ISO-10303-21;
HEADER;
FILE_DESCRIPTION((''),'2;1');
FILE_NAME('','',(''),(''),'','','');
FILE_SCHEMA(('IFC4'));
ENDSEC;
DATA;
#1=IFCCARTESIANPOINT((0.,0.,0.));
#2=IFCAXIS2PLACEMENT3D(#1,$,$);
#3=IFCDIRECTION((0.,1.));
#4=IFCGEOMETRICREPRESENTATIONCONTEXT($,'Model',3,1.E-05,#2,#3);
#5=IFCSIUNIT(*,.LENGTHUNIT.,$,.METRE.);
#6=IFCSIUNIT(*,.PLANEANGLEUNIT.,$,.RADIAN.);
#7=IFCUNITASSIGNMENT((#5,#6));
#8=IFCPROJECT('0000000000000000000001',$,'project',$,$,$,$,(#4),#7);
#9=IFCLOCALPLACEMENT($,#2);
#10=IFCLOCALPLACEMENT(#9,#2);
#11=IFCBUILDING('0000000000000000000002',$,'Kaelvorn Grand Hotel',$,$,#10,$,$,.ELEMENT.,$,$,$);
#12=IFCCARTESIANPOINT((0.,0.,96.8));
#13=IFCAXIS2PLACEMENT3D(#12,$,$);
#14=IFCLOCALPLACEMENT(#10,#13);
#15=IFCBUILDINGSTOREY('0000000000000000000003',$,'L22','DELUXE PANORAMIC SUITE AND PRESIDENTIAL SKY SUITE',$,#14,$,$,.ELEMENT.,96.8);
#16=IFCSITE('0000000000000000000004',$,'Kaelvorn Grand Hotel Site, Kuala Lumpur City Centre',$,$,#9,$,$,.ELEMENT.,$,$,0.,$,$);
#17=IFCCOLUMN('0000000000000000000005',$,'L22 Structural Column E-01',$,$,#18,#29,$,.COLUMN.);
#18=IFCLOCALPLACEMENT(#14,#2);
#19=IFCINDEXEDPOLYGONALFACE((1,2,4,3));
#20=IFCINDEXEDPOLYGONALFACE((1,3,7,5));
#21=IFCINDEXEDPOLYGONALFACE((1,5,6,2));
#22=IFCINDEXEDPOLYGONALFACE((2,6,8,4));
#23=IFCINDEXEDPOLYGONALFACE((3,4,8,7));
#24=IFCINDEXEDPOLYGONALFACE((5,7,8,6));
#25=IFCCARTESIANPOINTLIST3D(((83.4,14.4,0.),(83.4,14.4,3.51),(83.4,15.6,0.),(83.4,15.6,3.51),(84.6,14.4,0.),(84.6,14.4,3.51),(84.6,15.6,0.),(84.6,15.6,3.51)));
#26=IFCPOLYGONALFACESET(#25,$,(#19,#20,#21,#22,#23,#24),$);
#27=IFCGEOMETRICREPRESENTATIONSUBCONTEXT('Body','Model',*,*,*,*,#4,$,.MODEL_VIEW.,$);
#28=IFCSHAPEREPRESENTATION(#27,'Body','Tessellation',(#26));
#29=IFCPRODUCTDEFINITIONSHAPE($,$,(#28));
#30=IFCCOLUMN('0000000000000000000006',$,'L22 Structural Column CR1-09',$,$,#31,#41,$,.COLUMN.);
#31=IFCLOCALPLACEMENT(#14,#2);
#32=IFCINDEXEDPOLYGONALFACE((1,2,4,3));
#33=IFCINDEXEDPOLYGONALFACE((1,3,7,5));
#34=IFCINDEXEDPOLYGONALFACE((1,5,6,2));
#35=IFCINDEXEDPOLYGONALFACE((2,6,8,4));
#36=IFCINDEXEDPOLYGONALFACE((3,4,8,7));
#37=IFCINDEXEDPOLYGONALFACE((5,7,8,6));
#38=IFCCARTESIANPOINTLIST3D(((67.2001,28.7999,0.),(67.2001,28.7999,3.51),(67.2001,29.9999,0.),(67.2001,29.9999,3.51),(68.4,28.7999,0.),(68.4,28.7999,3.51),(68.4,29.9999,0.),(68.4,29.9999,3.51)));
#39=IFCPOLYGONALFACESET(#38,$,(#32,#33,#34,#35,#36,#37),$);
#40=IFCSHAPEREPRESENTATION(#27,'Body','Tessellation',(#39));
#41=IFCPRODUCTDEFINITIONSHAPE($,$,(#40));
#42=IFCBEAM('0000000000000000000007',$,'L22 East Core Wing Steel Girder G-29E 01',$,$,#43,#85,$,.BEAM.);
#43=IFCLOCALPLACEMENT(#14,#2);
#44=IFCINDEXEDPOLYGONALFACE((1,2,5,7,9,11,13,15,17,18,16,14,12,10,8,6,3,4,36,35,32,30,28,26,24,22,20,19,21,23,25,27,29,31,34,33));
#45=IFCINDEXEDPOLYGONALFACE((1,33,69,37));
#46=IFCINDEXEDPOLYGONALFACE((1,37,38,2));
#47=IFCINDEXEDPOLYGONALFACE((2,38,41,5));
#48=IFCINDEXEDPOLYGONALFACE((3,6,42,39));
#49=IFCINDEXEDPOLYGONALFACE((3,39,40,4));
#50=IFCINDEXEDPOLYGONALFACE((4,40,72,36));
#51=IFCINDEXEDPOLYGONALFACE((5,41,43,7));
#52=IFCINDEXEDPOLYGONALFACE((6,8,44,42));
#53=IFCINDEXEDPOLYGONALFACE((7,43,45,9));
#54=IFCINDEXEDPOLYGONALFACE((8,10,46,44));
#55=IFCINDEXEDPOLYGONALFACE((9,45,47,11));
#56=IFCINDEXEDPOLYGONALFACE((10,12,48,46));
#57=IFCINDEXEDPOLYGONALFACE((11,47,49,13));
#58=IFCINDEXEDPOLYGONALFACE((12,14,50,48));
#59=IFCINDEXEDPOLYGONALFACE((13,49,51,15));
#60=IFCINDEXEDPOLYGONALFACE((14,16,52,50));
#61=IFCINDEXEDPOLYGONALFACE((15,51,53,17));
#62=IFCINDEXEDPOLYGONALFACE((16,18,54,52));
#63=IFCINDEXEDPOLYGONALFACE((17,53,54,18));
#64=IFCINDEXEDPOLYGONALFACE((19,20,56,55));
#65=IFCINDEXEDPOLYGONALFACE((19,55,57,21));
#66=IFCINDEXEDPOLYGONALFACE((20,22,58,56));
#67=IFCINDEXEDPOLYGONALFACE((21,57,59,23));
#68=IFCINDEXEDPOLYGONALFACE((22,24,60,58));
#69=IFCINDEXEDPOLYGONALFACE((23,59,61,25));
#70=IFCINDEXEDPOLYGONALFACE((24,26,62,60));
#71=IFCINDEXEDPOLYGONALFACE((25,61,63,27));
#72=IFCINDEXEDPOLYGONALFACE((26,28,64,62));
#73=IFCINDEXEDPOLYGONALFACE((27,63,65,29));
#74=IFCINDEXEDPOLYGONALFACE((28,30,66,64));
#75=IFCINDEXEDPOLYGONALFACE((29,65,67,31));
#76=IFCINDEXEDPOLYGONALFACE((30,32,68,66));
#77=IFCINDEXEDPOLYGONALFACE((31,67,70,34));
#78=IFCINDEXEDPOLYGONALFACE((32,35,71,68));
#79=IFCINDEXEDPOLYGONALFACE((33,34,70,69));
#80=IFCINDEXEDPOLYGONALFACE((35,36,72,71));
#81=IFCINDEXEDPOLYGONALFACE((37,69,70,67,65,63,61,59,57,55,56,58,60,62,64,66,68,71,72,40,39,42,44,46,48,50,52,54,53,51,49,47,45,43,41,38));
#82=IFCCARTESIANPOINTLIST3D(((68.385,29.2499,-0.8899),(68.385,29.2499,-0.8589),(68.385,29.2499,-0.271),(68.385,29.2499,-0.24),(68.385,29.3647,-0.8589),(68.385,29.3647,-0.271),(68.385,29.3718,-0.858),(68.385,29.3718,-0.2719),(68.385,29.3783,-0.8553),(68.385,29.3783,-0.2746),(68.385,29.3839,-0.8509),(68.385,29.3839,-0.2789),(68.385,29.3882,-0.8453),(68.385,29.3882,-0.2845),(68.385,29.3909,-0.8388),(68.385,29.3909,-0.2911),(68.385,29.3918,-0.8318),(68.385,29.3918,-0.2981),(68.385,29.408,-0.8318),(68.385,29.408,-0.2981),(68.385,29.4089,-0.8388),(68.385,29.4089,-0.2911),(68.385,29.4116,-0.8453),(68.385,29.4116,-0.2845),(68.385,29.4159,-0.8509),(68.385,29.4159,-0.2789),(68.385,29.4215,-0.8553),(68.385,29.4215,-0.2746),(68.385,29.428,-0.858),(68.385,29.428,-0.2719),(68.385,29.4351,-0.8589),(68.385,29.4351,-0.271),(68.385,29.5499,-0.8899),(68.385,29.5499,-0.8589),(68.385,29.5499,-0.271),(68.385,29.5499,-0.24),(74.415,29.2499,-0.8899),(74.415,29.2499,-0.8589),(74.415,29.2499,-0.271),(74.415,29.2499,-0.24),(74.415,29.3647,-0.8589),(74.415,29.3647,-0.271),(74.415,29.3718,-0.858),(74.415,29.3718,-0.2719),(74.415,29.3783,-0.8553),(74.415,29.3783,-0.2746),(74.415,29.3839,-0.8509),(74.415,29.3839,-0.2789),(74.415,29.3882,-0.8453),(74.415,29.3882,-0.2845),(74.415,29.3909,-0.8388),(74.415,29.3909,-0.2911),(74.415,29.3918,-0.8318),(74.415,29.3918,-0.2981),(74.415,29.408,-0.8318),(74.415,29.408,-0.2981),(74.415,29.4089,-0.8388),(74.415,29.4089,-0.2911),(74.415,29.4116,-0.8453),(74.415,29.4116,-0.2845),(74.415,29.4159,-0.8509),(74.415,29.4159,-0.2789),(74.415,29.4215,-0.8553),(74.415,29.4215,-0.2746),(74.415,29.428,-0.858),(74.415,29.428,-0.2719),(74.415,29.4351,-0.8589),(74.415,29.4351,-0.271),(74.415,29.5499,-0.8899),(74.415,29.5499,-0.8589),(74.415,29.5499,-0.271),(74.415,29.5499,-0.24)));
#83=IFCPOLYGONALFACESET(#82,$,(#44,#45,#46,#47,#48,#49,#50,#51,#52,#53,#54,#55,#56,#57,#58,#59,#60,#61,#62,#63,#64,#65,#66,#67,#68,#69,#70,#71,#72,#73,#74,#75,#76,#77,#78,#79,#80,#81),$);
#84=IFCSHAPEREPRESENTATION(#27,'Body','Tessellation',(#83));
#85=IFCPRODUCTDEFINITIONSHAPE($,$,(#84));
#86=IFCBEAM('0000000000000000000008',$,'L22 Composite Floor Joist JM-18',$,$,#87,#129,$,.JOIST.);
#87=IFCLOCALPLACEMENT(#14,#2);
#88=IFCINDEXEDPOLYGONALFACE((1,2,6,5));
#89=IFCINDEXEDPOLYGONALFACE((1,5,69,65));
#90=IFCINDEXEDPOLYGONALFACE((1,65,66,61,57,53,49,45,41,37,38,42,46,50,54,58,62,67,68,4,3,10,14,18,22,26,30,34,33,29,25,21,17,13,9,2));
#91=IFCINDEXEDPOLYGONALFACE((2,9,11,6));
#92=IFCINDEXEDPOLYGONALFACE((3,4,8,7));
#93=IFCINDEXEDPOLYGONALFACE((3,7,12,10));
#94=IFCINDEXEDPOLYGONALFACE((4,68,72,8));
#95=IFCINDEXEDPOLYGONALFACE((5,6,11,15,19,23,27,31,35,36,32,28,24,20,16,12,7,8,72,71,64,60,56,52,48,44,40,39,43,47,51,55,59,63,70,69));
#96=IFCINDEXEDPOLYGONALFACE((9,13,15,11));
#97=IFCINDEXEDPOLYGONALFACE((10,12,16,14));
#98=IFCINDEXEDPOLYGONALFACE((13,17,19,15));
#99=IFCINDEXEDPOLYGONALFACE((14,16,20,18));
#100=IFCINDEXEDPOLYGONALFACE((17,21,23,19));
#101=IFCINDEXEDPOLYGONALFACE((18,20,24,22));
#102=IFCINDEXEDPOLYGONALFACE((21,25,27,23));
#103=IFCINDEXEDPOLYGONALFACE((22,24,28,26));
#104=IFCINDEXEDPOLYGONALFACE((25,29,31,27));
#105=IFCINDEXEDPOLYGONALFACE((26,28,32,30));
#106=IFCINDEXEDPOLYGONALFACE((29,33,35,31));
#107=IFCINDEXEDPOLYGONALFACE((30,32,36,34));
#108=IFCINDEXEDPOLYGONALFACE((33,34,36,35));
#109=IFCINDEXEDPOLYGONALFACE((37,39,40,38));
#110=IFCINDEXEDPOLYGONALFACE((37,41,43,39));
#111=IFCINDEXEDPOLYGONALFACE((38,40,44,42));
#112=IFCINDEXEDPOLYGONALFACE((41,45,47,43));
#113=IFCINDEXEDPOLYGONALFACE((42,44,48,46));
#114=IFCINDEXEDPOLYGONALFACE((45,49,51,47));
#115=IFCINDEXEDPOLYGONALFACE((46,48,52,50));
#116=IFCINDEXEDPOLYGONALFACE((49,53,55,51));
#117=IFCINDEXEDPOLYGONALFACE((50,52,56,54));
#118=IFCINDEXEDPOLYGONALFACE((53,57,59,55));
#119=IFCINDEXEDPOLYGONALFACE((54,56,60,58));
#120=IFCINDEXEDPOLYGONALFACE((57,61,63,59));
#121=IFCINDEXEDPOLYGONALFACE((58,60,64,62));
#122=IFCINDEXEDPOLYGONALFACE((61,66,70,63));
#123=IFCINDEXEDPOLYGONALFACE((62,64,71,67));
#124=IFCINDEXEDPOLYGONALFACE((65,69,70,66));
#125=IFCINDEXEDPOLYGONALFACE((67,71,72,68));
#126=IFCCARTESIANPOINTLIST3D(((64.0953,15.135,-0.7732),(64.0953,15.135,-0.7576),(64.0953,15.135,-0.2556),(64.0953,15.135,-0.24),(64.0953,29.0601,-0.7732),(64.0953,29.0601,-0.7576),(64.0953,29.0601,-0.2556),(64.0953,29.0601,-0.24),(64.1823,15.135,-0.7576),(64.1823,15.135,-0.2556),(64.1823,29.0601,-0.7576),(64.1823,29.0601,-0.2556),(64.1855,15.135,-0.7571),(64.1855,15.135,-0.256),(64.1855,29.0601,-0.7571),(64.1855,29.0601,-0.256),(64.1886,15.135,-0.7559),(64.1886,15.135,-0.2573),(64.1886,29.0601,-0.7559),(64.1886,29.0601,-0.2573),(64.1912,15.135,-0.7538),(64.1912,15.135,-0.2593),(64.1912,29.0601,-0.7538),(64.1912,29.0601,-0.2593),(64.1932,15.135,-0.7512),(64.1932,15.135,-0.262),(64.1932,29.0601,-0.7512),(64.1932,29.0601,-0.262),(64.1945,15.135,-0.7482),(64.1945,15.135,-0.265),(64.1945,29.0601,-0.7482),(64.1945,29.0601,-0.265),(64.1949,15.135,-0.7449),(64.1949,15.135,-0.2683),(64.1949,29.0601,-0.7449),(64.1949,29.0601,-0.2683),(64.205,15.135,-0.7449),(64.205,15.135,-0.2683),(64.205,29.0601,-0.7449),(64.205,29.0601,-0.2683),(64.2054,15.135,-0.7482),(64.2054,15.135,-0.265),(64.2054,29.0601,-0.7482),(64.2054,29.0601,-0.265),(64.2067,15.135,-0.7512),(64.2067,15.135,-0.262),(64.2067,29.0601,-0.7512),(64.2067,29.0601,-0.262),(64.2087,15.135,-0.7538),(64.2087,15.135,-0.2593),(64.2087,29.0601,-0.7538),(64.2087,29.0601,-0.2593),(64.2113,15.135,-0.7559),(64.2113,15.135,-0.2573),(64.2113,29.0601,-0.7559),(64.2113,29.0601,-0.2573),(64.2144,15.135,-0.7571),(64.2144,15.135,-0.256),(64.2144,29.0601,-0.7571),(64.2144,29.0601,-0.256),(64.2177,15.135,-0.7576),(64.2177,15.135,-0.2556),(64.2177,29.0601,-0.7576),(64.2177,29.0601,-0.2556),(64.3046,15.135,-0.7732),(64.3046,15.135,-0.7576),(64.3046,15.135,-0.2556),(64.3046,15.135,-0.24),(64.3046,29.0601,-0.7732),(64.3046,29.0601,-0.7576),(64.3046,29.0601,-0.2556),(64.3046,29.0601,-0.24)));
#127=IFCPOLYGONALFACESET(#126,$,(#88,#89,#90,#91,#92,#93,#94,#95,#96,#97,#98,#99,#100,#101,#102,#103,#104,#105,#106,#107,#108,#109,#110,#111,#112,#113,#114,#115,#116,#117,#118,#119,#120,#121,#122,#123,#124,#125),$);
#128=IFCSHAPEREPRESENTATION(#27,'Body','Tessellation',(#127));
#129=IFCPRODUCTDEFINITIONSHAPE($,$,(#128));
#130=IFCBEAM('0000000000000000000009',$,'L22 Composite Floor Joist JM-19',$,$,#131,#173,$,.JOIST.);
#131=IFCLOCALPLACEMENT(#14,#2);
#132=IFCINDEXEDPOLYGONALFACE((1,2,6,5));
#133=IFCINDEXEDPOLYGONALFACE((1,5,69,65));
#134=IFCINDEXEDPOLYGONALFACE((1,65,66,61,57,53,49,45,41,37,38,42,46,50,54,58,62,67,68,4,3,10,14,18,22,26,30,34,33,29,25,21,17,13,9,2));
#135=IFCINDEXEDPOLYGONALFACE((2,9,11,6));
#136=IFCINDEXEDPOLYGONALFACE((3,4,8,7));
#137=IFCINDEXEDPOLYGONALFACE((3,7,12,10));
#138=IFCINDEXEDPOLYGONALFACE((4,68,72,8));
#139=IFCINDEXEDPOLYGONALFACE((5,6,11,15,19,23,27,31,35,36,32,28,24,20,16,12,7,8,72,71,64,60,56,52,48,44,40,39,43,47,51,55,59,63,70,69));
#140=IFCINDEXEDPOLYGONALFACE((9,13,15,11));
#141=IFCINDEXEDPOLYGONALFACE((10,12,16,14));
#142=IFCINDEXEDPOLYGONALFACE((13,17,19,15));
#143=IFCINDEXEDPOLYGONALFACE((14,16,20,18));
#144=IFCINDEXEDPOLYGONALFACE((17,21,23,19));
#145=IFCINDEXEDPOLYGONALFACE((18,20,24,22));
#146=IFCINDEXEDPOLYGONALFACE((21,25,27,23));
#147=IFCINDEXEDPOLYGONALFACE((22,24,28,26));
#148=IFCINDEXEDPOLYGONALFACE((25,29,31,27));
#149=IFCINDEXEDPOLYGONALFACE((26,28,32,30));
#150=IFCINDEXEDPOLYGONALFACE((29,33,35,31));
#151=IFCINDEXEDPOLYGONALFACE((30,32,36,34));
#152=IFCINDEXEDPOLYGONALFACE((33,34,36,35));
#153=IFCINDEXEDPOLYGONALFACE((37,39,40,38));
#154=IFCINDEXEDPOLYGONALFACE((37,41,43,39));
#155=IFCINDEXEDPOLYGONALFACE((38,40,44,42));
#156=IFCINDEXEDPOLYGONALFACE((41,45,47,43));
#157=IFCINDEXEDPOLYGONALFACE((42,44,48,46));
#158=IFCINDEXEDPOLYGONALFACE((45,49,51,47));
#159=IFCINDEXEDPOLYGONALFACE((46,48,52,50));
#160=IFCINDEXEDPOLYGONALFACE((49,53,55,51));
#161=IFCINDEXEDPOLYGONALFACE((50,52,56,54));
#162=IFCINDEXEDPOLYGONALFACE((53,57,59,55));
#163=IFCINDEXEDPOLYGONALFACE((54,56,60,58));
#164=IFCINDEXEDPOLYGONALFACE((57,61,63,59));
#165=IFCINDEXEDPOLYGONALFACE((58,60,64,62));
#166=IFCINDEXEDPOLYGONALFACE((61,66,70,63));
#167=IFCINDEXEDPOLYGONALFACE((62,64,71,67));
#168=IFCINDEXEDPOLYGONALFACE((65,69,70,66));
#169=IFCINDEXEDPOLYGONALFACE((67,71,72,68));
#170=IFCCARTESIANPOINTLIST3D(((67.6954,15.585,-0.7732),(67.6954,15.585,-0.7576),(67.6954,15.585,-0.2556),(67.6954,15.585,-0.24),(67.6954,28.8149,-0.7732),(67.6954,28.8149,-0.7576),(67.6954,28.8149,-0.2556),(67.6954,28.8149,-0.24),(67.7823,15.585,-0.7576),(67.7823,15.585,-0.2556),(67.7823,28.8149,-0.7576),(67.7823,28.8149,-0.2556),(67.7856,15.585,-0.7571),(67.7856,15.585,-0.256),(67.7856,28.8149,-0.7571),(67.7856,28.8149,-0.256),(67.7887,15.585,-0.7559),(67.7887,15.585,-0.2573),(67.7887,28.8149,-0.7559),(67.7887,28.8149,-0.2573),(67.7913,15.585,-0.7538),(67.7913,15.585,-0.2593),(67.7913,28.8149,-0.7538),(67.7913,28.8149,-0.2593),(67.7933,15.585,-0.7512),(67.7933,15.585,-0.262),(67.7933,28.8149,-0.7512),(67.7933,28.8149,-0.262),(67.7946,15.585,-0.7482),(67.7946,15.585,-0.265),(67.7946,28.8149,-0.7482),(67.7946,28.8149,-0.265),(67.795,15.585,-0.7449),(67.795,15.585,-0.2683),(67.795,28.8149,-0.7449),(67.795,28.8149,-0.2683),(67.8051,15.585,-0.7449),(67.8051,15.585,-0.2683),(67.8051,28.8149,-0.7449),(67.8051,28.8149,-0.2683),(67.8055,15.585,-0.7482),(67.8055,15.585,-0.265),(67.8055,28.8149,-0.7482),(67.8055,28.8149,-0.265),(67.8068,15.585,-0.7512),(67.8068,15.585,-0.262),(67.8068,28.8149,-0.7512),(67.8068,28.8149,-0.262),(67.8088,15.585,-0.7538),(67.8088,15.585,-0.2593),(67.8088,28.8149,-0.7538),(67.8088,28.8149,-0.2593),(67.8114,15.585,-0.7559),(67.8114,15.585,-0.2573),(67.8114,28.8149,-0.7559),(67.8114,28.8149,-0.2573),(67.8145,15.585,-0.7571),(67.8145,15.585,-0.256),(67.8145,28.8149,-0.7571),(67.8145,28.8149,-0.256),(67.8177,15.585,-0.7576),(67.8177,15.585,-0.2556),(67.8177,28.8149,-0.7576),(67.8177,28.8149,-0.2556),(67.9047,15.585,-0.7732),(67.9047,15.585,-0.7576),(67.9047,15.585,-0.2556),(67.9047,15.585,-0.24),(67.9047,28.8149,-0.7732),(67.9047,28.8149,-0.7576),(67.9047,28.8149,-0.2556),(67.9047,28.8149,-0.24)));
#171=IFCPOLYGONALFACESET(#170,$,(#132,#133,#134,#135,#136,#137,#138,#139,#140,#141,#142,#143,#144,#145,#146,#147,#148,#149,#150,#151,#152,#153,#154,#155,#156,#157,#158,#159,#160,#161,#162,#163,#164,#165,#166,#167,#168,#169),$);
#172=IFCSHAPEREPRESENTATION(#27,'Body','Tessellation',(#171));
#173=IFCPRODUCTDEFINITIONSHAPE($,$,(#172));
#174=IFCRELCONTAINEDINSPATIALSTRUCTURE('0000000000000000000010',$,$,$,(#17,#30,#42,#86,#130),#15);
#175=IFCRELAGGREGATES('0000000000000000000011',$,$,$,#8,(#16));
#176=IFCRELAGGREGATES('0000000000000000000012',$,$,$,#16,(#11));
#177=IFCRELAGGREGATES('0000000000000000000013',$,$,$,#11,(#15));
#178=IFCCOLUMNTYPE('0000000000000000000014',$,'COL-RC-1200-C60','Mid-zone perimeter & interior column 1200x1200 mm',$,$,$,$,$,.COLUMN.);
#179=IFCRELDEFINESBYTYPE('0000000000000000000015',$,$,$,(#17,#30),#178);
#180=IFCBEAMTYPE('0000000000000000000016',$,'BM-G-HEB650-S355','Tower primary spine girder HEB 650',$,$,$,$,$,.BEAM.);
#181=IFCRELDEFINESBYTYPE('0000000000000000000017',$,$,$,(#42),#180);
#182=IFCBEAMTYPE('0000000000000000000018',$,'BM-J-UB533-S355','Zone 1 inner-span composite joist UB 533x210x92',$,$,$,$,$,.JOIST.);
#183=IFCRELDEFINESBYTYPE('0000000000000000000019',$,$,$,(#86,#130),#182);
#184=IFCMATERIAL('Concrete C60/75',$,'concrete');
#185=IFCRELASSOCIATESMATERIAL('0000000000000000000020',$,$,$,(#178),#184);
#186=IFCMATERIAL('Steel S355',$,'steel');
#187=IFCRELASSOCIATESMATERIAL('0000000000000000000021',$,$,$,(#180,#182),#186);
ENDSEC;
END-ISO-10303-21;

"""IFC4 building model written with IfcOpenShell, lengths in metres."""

from ifc_helpers import new_model, si_unit, direction, frame, origin, origin_2d, place, context, subcontext, project, spatial, rectangle, i_section, extrude, material, material_profile, profile_set, type_object, element, save


model = new_model("IFC4")

# Units and contexts
model_context = context("Model", 3, precision=1e-05, world=origin(), true_north=direction((0.0, 1.0)))
body_context = subcontext(model_context, "Body", "Model", "MODEL_VIEW")
ifc_project = project(units=[si_unit("LENGTHUNIT", "METRE"), si_unit("PLANEANGLEUNIT", "RADIAN")], contexts=[model_context])

# Site, building, storey
site_placement = place(None, origin())
site = spatial("IfcSite", under=ifc_project, at=site_placement, Name="Kaelvorn Grand Hotel Site, Kuala Lumpur City Centre", CompositionType="ELEMENT", RefElevation=0.0)
building_placement = place(site_placement, origin())
building = spatial("IfcBuilding", under=site, at=building_placement, Name="Kaelvorn Grand Hotel", CompositionType="ELEMENT")
storey_placement = place(building_placement, frame((0.0, 0.0, 96.8)))
storey = spatial("IfcBuildingStorey", under=building, at=storey_placement, Name="L22", Description="DELUXE PANORAMIC SUITE AND PRESIDENTIAL SKY SUITE", CompositionType="ELEMENT", Elevation=96.8)

# Columns
ifc_material_1 = material(Name="Concrete C60/75", Category="concrete")
ifc_material_profile_1 = material_profile(ifc_material_1, rectangle(XDim=1.2, YDim=1.2, at=origin_2d()), Name="RC COL 1200x1200")
ifc_profile_set_1 = profile_set([ifc_material_profile_1], Name="Concrete C60/75")
column_type = type_object("IfcColumnType", Name="COL-RC-1200-C60", Description="Mid-zone perimeter & interior column 1200x1200 mm", PredefinedType="COLUMN", material=ifc_profile_set_1)
for number, where, z_axis, x_axis, name in (
    (1, (84.0, 15.0, 0.0), (0.0, 0.0, 1.0), (1.0, 0.0, 0.0), "L22 Structural Column E-01"),
    (2, (67.8, 29.3999, 0.0), (0.0, 0.0, 1.0), (1.0, 0.0, 0.0), "L22 Structural Column CR1-09"),
):
    element("IfcColumn", number, at=place(storey_placement, frame(where, z_axis=z_axis, x_axis=x_axis)), inside=storey, type_object=column_type, Name=name, PredefinedType="COLUMN", context=body_context, shape_type="SweptSolid", body=[
        extrude(rectangle(XDim=1.2, YDim=1.2, at=origin_2d()), origin(), (0.0, 0.0, 1.0), 3.51),
    ])

# Beams
ifc_material_2 = material(Name="Steel S355", Category="steel")
ifc_material_profile_2 = material_profile(ifc_material_2, i_section(OverallWidth=0.3, OverallDepth=0.6499, WebThickness=0.0161, FlangeThickness=0.031, FilletRadius=0.0271, at=origin_2d()), Name="HEB 650")
ifc_profile_set_2 = profile_set([ifc_material_profile_2], Name="Steel S355")
beam_type_1 = type_object("IfcBeamType", Name="BM-G-HEB650-S355", Description="Tower primary spine girder HEB 650", PredefinedType="BEAM", material=ifc_profile_set_2)
beam_1_placement = place(storey_placement, frame((68.385, 29.3999, -0.5649), z_axis=(1.0, 0.0, 0.0), x_axis=(0.0, 1.0, 0.0)))
element("IfcBeam", 3, at=beam_1_placement, inside=storey, type_object=beam_type_1, Name="L22 East Core Wing Steel Girder G-29E 01", PredefinedType="BEAM", context=body_context, shape_type="SweptSolid", body=[
    extrude(i_section(OverallWidth=0.3, OverallDepth=0.6499, WebThickness=0.0161, FlangeThickness=0.031, FilletRadius=0.0271, at=origin_2d()), origin(), (0.0, 0.0, 1.0), 6.03),
])
ifc_material_profile_3 = material_profile(ifc_material_2, i_section(OverallWidth=0.2092, OverallDepth=0.5332, WebThickness=0.01, FlangeThickness=0.0156, FilletRadius=0.0127, at=origin_2d()), Name="UB 533x210x92")
ifc_profile_set_3 = profile_set([ifc_material_profile_3], Name="Steel S355")
beam_type_2 = type_object("IfcBeamType", Name="BM-J-UB533-S355", Description="Zone 1 inner-span composite joist UB 533x210x92", PredefinedType="JOIST", material=ifc_profile_set_3)
beam_2_placement = place(storey_placement, frame((64.2, 15.135, -0.5066), z_axis=(0.0, 1.0, 0.0), x_axis=(-1.0, 0.0, 0.0)))
element("IfcBeam", 4, at=beam_2_placement, inside=storey, type_object=beam_type_2, Name="L22 Composite Floor Joist JM-18", PredefinedType="JOIST", context=body_context, shape_type="SweptSolid", body=[
    extrude(i_section(OverallWidth=0.2092, OverallDepth=0.5332, WebThickness=0.01, FlangeThickness=0.0156, FilletRadius=0.0127, at=origin_2d()), origin(), (0.0, 0.0, 1.0), 13.925),
])
beam_3_placement = place(storey_placement, frame((67.8, 15.585, -0.5066), z_axis=(0.0, 1.0, 0.0), x_axis=(-1.0, 0.0, 0.0)))
element("IfcBeam", 5, at=beam_3_placement, inside=storey, type_object=beam_type_2, Name="L22 Composite Floor Joist JM-19", PredefinedType="JOIST", context=body_context, shape_type="SweptSolid", body=[
    extrude(i_section(OverallWidth=0.2092, OverallDepth=0.5332, WebThickness=0.01, FlangeThickness=0.0156, FilletRadius=0.0127, at=origin_2d()), origin(), (0.0, 0.0, 1.0), 13.23),
])

save(model, "model.ifc")
